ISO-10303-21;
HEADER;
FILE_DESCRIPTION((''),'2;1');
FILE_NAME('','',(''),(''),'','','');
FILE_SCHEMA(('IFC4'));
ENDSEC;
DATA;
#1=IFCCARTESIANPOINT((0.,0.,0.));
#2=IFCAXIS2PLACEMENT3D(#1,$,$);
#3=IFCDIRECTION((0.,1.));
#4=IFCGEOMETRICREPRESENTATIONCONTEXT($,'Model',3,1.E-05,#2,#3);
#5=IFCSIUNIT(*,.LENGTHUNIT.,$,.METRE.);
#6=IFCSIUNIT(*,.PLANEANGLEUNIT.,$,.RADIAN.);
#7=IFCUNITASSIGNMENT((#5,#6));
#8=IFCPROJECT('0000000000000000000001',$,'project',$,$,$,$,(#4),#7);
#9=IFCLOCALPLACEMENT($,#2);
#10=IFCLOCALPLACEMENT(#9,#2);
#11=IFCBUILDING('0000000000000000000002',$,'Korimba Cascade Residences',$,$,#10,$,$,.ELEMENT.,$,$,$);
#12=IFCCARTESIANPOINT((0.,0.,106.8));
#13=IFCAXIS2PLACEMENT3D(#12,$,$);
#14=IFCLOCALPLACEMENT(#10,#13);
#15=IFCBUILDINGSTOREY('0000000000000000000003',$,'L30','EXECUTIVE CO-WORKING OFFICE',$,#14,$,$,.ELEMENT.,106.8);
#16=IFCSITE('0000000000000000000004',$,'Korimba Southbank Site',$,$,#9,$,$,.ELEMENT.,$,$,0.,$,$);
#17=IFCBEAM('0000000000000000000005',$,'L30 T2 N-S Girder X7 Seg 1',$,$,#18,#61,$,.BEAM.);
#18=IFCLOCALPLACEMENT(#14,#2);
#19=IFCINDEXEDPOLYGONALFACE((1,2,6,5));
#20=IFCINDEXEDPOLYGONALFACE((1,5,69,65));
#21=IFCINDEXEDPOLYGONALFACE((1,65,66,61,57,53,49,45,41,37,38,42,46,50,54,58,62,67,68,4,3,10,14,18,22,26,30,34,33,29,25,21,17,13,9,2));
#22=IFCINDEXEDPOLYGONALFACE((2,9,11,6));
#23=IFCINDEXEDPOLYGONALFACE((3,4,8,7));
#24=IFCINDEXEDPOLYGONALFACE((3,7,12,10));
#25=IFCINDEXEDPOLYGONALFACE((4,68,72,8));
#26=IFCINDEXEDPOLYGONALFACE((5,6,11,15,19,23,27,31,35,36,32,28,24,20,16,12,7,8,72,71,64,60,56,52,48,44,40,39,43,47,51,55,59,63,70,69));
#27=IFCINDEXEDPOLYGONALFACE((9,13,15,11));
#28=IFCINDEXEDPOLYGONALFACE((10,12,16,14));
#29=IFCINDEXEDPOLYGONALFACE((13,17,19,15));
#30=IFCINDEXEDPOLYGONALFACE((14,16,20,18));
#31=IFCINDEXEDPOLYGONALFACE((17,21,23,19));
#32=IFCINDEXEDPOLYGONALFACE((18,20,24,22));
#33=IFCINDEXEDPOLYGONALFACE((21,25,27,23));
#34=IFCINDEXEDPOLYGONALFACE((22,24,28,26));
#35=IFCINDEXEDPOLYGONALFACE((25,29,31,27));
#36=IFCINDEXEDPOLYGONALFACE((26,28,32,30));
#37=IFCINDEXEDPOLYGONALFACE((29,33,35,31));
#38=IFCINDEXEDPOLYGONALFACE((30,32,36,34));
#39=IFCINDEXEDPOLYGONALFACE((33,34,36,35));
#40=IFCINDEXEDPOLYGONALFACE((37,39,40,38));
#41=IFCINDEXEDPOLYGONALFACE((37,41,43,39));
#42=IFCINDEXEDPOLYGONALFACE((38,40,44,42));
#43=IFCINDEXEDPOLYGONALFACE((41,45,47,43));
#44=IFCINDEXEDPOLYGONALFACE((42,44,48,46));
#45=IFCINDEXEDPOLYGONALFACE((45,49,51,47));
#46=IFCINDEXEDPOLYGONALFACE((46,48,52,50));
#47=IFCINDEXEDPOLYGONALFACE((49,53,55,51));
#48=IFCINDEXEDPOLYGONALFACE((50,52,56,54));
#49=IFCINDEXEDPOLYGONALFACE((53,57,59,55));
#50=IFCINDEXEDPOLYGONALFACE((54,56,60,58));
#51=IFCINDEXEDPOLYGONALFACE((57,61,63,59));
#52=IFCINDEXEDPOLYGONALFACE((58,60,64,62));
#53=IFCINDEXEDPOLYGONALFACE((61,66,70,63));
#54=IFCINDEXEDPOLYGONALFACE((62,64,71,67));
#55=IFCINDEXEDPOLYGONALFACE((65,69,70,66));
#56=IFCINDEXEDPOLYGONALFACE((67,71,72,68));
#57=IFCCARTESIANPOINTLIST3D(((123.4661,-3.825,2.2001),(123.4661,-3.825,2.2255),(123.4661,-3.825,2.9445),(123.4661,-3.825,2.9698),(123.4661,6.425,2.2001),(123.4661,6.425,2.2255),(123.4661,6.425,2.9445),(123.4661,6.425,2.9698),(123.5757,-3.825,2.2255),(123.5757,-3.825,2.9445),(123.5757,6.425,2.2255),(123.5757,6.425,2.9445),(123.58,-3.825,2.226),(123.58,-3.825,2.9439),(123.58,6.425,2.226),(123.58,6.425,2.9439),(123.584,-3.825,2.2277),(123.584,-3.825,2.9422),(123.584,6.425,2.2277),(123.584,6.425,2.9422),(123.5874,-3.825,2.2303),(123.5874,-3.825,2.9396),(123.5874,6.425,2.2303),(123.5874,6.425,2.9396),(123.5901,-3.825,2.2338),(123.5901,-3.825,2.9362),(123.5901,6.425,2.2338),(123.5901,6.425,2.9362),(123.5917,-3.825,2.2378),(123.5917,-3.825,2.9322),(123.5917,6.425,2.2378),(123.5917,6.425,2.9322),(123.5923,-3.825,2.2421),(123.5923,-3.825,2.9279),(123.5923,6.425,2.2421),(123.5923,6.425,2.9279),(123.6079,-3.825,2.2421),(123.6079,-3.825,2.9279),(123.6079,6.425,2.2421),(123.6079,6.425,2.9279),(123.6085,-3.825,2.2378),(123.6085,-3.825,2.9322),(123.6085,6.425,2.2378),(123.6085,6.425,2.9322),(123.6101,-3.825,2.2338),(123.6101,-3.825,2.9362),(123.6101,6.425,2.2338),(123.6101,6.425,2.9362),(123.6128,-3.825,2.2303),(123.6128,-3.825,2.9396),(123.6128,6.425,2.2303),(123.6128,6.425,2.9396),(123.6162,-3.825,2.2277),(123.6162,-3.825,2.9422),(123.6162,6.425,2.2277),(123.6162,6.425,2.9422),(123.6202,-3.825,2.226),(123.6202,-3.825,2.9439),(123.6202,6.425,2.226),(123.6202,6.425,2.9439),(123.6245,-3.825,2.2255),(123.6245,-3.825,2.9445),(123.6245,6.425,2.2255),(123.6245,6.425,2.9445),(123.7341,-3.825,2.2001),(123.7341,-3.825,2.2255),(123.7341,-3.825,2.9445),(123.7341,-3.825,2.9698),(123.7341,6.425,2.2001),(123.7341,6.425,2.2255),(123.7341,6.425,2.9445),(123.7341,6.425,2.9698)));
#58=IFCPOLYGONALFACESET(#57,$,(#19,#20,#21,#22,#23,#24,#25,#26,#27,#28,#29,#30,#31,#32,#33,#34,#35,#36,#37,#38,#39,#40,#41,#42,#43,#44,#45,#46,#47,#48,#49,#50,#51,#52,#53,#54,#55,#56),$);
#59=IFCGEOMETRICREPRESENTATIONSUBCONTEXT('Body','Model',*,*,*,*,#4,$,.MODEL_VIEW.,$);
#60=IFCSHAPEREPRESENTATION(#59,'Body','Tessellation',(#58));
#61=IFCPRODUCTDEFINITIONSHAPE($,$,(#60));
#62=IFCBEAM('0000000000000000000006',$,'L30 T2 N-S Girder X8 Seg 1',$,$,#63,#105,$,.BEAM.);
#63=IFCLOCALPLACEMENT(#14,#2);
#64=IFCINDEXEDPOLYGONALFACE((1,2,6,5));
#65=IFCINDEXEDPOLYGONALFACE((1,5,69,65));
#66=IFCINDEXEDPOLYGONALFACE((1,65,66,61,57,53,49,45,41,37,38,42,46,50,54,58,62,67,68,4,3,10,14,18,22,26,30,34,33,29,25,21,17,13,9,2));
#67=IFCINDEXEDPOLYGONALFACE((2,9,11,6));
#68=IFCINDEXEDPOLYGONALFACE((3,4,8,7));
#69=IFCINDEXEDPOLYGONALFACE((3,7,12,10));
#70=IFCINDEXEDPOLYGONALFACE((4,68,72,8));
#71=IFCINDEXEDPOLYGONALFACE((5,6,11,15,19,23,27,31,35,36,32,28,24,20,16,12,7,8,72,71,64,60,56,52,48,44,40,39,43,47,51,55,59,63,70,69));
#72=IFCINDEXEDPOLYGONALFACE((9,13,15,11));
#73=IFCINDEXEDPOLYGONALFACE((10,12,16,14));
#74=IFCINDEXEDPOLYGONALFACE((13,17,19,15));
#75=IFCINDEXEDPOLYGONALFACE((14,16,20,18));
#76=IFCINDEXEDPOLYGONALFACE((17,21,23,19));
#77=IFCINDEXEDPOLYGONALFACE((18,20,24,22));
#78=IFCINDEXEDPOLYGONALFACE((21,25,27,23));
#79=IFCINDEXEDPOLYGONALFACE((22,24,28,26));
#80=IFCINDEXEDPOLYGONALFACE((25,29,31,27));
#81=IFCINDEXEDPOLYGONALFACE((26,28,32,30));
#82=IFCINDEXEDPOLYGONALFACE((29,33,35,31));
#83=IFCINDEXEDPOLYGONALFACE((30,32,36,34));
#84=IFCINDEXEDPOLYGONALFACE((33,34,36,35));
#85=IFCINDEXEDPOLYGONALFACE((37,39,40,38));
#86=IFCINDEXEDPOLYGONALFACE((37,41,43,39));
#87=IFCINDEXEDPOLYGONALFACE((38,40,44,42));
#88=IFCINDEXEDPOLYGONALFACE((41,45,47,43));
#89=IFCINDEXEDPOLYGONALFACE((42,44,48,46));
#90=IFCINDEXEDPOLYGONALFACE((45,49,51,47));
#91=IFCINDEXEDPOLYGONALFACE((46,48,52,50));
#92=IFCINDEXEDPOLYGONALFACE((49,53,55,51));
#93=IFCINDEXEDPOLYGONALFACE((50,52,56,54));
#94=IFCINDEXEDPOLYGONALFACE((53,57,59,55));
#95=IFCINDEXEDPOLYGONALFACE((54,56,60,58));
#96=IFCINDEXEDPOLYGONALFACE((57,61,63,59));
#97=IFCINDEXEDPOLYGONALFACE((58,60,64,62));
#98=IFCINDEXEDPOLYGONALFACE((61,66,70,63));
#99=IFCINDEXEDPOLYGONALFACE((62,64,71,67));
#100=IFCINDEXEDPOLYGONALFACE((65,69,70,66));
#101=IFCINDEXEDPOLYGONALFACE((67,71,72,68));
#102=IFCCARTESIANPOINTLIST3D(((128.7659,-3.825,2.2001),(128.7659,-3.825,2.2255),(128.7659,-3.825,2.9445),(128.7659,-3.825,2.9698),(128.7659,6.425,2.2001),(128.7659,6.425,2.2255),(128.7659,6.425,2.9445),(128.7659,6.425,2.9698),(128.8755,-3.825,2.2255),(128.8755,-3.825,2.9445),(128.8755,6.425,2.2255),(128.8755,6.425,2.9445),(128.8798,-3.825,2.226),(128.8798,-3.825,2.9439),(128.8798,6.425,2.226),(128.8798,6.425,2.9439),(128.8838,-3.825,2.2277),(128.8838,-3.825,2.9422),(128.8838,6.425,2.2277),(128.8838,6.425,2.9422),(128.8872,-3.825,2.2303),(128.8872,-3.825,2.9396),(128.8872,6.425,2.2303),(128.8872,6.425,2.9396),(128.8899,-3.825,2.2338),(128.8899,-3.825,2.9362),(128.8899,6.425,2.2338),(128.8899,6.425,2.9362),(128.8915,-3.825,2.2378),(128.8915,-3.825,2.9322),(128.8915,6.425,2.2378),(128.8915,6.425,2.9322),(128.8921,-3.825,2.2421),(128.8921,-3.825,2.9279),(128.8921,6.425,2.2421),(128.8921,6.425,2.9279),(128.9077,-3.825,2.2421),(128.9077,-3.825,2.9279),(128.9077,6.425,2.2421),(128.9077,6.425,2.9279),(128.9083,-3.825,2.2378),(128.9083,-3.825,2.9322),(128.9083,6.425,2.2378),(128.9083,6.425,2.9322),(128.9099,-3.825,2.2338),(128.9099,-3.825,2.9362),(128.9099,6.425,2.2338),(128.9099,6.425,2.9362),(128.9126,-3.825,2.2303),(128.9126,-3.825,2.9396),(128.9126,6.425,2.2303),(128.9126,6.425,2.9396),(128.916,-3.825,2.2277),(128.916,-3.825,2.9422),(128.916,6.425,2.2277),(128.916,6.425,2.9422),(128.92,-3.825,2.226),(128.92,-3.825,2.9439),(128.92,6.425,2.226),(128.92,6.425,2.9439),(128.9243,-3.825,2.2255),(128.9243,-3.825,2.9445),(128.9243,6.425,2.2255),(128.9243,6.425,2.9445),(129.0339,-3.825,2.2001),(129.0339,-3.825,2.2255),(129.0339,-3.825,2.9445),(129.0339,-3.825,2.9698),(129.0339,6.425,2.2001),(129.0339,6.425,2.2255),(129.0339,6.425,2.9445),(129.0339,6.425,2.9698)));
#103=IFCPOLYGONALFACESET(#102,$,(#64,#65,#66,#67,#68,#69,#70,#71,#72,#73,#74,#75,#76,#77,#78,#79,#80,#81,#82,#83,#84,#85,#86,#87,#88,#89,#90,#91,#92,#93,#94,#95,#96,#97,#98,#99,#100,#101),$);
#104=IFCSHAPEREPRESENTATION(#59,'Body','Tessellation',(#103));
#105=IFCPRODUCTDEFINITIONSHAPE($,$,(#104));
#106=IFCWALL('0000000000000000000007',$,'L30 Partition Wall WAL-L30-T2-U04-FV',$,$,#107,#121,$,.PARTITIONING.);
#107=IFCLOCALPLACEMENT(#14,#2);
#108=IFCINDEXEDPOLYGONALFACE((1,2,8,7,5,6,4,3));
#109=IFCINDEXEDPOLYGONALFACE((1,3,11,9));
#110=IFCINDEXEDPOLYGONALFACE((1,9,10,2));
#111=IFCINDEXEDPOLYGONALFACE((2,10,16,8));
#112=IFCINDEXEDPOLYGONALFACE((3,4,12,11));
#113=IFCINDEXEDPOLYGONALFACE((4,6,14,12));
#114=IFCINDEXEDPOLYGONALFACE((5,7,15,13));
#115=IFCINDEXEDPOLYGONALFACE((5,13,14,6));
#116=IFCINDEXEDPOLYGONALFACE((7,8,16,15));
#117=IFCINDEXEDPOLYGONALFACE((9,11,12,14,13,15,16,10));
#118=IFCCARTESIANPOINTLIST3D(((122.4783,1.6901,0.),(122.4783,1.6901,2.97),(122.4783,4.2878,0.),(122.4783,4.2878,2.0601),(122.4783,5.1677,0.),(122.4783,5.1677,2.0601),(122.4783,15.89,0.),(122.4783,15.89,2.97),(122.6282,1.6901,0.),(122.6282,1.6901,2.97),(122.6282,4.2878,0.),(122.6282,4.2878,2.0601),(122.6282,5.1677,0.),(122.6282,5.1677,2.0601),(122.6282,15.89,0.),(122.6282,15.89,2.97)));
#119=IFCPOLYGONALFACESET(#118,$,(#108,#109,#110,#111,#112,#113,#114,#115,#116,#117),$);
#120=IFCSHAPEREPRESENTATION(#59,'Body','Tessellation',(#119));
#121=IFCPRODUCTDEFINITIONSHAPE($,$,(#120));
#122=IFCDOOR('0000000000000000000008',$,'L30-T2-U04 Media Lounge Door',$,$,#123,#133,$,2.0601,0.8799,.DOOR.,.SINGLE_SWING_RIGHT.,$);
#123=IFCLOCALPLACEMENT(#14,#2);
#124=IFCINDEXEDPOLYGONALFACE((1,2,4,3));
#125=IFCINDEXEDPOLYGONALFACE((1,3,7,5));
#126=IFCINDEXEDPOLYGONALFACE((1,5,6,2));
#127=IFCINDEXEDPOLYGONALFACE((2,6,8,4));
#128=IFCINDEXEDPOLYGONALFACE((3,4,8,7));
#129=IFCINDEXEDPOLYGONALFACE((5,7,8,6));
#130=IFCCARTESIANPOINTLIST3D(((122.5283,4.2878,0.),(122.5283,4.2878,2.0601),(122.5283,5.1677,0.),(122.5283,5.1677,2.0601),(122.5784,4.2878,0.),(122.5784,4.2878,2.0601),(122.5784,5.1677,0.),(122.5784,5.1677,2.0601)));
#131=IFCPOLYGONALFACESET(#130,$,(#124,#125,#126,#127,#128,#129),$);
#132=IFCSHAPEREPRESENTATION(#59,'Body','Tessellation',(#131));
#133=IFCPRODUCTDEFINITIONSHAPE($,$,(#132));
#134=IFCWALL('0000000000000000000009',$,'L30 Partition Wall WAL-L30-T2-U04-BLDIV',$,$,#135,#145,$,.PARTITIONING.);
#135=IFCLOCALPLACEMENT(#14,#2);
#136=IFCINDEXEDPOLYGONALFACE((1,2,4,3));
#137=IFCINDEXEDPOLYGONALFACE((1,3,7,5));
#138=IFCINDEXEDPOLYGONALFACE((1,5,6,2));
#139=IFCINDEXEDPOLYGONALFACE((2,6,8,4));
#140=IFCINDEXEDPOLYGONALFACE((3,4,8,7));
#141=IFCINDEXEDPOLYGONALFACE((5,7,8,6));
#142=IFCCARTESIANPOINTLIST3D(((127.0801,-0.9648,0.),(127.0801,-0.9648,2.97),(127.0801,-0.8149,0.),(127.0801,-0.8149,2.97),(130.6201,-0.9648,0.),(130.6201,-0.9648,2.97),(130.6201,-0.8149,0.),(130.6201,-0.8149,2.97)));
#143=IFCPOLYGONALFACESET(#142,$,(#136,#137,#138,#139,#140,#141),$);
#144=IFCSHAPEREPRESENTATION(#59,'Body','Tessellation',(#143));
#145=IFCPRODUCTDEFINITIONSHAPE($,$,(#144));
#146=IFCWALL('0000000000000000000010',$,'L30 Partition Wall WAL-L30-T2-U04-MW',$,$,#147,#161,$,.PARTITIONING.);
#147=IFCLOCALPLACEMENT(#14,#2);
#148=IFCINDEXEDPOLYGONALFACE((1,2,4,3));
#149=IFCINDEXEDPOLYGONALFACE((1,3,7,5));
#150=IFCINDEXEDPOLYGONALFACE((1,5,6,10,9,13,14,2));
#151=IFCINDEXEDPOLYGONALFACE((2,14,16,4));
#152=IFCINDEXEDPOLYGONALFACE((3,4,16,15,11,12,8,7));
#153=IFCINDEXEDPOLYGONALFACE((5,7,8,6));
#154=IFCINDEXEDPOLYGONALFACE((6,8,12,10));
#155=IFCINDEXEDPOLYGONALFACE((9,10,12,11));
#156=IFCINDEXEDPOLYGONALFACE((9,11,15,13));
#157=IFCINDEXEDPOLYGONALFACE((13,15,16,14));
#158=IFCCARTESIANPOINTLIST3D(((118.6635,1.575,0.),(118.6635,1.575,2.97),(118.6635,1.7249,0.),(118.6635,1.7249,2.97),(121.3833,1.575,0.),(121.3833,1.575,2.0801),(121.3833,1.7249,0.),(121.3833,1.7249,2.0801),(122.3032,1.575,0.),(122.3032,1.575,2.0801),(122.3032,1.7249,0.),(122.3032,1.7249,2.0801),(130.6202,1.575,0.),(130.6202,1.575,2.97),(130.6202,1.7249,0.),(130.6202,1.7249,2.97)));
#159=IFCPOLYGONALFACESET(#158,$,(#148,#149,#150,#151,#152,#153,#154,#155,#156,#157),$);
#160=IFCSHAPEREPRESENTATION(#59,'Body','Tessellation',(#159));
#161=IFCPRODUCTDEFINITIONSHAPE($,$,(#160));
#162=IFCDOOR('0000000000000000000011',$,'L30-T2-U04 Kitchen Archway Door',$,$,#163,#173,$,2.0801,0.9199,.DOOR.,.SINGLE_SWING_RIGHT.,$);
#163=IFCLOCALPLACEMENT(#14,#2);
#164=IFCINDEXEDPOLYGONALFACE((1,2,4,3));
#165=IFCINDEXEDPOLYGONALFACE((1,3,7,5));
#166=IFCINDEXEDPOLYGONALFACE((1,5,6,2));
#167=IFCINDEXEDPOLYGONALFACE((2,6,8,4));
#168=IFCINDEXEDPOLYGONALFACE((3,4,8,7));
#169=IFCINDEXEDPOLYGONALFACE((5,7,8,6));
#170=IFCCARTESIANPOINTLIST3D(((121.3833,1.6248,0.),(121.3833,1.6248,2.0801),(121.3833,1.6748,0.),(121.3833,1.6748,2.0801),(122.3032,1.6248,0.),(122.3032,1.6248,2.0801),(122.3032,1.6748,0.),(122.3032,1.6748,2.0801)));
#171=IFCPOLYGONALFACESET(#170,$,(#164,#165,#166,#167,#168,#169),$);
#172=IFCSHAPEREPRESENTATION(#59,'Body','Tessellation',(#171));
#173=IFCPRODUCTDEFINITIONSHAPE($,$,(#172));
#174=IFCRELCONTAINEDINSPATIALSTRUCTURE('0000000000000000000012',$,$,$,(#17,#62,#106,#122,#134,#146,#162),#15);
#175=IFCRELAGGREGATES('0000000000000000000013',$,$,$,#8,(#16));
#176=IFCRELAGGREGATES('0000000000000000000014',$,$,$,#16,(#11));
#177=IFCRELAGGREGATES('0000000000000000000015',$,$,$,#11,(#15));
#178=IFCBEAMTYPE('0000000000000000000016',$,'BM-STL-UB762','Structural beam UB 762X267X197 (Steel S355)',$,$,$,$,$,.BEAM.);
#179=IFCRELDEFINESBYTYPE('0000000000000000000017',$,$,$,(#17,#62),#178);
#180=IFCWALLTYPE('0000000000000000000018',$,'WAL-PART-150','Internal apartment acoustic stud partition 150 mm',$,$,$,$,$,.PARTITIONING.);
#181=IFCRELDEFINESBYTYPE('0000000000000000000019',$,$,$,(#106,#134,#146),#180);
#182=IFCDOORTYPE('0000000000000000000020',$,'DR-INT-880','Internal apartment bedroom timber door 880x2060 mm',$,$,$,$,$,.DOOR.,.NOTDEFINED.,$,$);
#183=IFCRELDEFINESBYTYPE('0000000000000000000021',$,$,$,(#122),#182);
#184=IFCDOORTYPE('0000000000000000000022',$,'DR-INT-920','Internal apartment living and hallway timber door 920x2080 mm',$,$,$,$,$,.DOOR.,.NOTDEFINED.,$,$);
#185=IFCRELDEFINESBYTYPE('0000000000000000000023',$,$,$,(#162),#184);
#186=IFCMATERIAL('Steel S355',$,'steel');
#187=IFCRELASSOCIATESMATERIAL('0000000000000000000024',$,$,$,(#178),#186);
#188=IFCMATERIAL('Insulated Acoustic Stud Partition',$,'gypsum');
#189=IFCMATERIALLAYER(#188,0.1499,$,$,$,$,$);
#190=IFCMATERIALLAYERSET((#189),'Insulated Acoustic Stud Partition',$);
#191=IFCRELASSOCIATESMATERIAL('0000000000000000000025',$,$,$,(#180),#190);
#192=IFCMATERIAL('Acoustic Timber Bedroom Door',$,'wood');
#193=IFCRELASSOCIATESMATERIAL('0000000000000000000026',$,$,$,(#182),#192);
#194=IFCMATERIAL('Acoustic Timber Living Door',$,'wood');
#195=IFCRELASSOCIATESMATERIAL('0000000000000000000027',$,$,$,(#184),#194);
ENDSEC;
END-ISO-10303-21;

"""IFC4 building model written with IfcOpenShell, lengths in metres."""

from ifc_helpers import new_model, si_unit, direction, frame, frame_2d, origin, origin_2d, place, context, subcontext, project, spatial, rectangle, i_section, extrude, material, layer, layer_set, material_profile, profile_set, type_object, element, fill, save


model = new_model("IFC4")

# Units and contexts
model_context = context("Model", 3, precision=1e-05, world=origin(), true_north=direction((0.0, 1.0)))
body_context = subcontext(model_context, "Body", "Model", "MODEL_VIEW")
ifc_project = project(units=[si_unit("LENGTHUNIT", "METRE"), si_unit("PLANEANGLEUNIT", "RADIAN")], contexts=[model_context])

# Site, building, storey
site_placement = place(None, origin())
site = spatial("IfcSite", under=ifc_project, at=site_placement, Name="Korimba Southbank Site", CompositionType="ELEMENT", RefElevation=0.0)
building_placement = place(site_placement, origin())
building = spatial("IfcBuilding", under=site, at=building_placement, Name="Korimba Cascade Residences", CompositionType="ELEMENT")
storey_placement = place(building_placement, frame((0.0, 0.0, 106.8)))
storey = spatial("IfcBuildingStorey", under=building, at=storey_placement, Name="L30", Description="EXECUTIVE CO-WORKING OFFICE", CompositionType="ELEMENT", Elevation=106.8)

# Beams
ifc_material_1 = material(Name="Steel S355", Category="steel")
ifc_material_profile_1 = material_profile(ifc_material_1, i_section(OverallWidth=0.2681, OverallDepth=0.7698, WebThickness=0.0156, FlangeThickness=0.0254, FilletRadius=0.0166, at=origin_2d()), Name="Steel S355")
ifc_profile_set_1 = profile_set([ifc_material_profile_1], Name="Steel S355")
beam_type_1 = type_object("IfcBeamType", Name="BM-STL-UB762", Description="Structural beam UB 762X267X197 (Steel S355)", PredefinedType="BEAM", material=ifc_profile_set_1)
for number, where, z_axis, x_axis, name in (
    (1, (123.6001, -3.825, 2.585), (0.0, 1.0, 0.0), (-1.0, 0.0, 0.0), "L30 T2 N-S Girder X7 Seg 1"),
    (2, (128.8999, -3.825, 2.585), (0.0, 1.0, 0.0), (-1.0, 0.0, 0.0), "L30 T2 N-S Girder X8 Seg 1"),
):
    element("IfcBeam", number, at=place(storey_placement, frame(where, z_axis=z_axis, x_axis=x_axis)), inside=storey, type_object=beam_type_1, Name=name, PredefinedType="BEAM", context=body_context, shape_type="SweptSolid", body=[
        extrude(i_section(OverallWidth=0.2681, OverallDepth=0.7698, WebThickness=0.0156, FlangeThickness=0.0254, FilletRadius=0.0166, at=origin_2d()), origin(), (0.0, 0.0, 1.0), 10.25),
    ])

# Wall, opening, door
ifc_material_2 = material(Name="Insulated Acoustic Stud Partition", Category="gypsum")
ifc_layer = layer(ifc_material_2, 0.1499)
ifc_layer_set = layer_set([ifc_layer], Name="Insulated Acoustic Stud Partition")
wall_type = type_object("IfcWallType", Name="WAL-PART-150", Description="Internal apartment acoustic stud partition 150 mm", PredefinedType="PARTITIONING", material=ifc_layer_set)
wall_1_placement = place(storey_placement, frame((122.5532, 1.6899, 0.0), z_axis=(0.0, 0.0, 1.0), x_axis=(0.0, 1.0, 0.0)))
wall_1 = element("IfcWall", 3, at=wall_1_placement, inside=storey, type_object=wall_type, Name="L30 Partition Wall WAL-L30-T2-U04-FV", PredefinedType="PARTITIONING", context=body_context, shape_type="SweptSolid", body=[
    extrude(rectangle(XDim=14.2, YDim=0.1499, at=frame_2d((7.1001, 0.0))), origin(), (0.0, 0.0, 1.0), 2.97),
])
opening_1_placement = place(wall_1_placement, frame((2.5979, 0.0, 0.0)))
opening_1 = element("IfcOpeningElement", 4, at=opening_1_placement, cuts=wall_1, PredefinedType="OPENING", context=body_context, shape_type="SweptSolid", body=[
    extrude(rectangle(XDim=0.8799, YDim=2.0601, at=frame_2d((0.4399, 1.03))), frame((0.0, 0.085, 0.0), z_axis=(0.0, -1.0, 0.0), x_axis=(1.0, 0.0, 0.0)), (0.0, 0.0, 1.0), 0.1699),
])
ifc_material_3 = material(Name="Acoustic Timber Bedroom Door", Category="wood")
door_type_1 = type_object("IfcDoorType", Name="DR-INT-880", Description="Internal apartment bedroom timber door 880x2060 mm", OperationType="NOTDEFINED", PredefinedType="DOOR", material=ifc_material_3)
door_1_placement = place(opening_1_placement, origin())
door_1 = element("IfcDoor", 5, at=door_1_placement, inside=storey, type_object=door_type_1, Name="L30-T2-U04 Media Lounge Door", OperationType="SINGLE_SWING_RIGHT", OverallHeight=2.0601, OverallWidth=0.8799, PredefinedType="DOOR", context=body_context, shape_type="SweptSolid", body=[
    extrude(rectangle(XDim=0.8799, YDim=2.0601, at=frame_2d((0.4399, 1.03))), frame((0.0, 0.0249, 0.0), z_axis=(0.0, -1.0, 0.0), x_axis=(1.0, 0.0, 0.0)), (0.0, 0.0, 1.0), 0.05),
])
fill(opening_1, door_1)

# Wall
wall_2_placement = place(storey_placement, frame((127.0801, -0.8899, 0.0), z_axis=(0.0, 0.0, 1.0), x_axis=(1.0, 0.0, 0.0)))
element("IfcWall", 6, at=wall_2_placement, inside=storey, type_object=wall_type, Name="L30 Partition Wall WAL-L30-T2-U04-BLDIV", PredefinedType="PARTITIONING", context=body_context, shape_type="SweptSolid", body=[
    extrude(rectangle(XDim=3.54, YDim=0.1499, at=frame_2d((1.77, 0.0))), origin(), (0.0, 0.0, 1.0), 2.97),
])

# Wall, opening, door
wall_3_placement = place(storey_placement, frame((118.6633, 1.6499, 0.0), z_axis=(0.0, 0.0, 1.0), x_axis=(1.0, 0.0, 0.0)))
wall_3 = element("IfcWall", 7, at=wall_3_placement, inside=storey, type_object=wall_type, Name="L30 Partition Wall WAL-L30-T2-U04-MW", PredefinedType="PARTITIONING", context=body_context, shape_type="SweptSolid", body=[
    extrude(rectangle(XDim=11.9568, YDim=0.1499, at=frame_2d((5.9785, 0.0))), origin(), (0.0, 0.0, 1.0), 2.97),
])
opening_2_placement = place(wall_3_placement, frame((2.72, 0.0, 0.0)))
opening_2 = element("IfcOpeningElement", 8, at=opening_2_placement, cuts=wall_3, PredefinedType="OPENING", context=body_context, shape_type="SweptSolid", body=[
    extrude(rectangle(XDim=0.9199, YDim=2.0801, at=frame_2d((0.46, 1.04))), frame((0.0, 0.085, 0.0), z_axis=(0.0, -1.0, 0.0), x_axis=(1.0, 0.0, 0.0)), (0.0, 0.0, 1.0), 0.1699),
])
ifc_material_4 = material(Name="Acoustic Timber Living Door", Category="wood")
door_type_2 = type_object("IfcDoorType", Name="DR-INT-920", Description="Internal apartment living and hallway timber door 920x2080 mm", OperationType="NOTDEFINED", PredefinedType="DOOR", material=ifc_material_4)
door_2_placement = place(opening_2_placement, origin())
door_2 = element("IfcDoor", 9, at=door_2_placement, inside=storey, type_object=door_type_2, Name="L30-T2-U04 Kitchen Archway Door", OperationType="SINGLE_SWING_RIGHT", OverallHeight=2.0801, OverallWidth=0.9199, PredefinedType="DOOR", context=body_context, shape_type="SweptSolid", body=[
    extrude(rectangle(XDim=0.9199, YDim=2.0801, at=frame_2d((0.46, 1.04))), frame((0.0, 0.0249, 0.0), z_axis=(0.0, -1.0, 0.0), x_axis=(1.0, 0.0, 0.0)), (0.0, 0.0, 1.0), 0.05),
])
fill(opening_2, door_2)

save(model, "model.ifc")
